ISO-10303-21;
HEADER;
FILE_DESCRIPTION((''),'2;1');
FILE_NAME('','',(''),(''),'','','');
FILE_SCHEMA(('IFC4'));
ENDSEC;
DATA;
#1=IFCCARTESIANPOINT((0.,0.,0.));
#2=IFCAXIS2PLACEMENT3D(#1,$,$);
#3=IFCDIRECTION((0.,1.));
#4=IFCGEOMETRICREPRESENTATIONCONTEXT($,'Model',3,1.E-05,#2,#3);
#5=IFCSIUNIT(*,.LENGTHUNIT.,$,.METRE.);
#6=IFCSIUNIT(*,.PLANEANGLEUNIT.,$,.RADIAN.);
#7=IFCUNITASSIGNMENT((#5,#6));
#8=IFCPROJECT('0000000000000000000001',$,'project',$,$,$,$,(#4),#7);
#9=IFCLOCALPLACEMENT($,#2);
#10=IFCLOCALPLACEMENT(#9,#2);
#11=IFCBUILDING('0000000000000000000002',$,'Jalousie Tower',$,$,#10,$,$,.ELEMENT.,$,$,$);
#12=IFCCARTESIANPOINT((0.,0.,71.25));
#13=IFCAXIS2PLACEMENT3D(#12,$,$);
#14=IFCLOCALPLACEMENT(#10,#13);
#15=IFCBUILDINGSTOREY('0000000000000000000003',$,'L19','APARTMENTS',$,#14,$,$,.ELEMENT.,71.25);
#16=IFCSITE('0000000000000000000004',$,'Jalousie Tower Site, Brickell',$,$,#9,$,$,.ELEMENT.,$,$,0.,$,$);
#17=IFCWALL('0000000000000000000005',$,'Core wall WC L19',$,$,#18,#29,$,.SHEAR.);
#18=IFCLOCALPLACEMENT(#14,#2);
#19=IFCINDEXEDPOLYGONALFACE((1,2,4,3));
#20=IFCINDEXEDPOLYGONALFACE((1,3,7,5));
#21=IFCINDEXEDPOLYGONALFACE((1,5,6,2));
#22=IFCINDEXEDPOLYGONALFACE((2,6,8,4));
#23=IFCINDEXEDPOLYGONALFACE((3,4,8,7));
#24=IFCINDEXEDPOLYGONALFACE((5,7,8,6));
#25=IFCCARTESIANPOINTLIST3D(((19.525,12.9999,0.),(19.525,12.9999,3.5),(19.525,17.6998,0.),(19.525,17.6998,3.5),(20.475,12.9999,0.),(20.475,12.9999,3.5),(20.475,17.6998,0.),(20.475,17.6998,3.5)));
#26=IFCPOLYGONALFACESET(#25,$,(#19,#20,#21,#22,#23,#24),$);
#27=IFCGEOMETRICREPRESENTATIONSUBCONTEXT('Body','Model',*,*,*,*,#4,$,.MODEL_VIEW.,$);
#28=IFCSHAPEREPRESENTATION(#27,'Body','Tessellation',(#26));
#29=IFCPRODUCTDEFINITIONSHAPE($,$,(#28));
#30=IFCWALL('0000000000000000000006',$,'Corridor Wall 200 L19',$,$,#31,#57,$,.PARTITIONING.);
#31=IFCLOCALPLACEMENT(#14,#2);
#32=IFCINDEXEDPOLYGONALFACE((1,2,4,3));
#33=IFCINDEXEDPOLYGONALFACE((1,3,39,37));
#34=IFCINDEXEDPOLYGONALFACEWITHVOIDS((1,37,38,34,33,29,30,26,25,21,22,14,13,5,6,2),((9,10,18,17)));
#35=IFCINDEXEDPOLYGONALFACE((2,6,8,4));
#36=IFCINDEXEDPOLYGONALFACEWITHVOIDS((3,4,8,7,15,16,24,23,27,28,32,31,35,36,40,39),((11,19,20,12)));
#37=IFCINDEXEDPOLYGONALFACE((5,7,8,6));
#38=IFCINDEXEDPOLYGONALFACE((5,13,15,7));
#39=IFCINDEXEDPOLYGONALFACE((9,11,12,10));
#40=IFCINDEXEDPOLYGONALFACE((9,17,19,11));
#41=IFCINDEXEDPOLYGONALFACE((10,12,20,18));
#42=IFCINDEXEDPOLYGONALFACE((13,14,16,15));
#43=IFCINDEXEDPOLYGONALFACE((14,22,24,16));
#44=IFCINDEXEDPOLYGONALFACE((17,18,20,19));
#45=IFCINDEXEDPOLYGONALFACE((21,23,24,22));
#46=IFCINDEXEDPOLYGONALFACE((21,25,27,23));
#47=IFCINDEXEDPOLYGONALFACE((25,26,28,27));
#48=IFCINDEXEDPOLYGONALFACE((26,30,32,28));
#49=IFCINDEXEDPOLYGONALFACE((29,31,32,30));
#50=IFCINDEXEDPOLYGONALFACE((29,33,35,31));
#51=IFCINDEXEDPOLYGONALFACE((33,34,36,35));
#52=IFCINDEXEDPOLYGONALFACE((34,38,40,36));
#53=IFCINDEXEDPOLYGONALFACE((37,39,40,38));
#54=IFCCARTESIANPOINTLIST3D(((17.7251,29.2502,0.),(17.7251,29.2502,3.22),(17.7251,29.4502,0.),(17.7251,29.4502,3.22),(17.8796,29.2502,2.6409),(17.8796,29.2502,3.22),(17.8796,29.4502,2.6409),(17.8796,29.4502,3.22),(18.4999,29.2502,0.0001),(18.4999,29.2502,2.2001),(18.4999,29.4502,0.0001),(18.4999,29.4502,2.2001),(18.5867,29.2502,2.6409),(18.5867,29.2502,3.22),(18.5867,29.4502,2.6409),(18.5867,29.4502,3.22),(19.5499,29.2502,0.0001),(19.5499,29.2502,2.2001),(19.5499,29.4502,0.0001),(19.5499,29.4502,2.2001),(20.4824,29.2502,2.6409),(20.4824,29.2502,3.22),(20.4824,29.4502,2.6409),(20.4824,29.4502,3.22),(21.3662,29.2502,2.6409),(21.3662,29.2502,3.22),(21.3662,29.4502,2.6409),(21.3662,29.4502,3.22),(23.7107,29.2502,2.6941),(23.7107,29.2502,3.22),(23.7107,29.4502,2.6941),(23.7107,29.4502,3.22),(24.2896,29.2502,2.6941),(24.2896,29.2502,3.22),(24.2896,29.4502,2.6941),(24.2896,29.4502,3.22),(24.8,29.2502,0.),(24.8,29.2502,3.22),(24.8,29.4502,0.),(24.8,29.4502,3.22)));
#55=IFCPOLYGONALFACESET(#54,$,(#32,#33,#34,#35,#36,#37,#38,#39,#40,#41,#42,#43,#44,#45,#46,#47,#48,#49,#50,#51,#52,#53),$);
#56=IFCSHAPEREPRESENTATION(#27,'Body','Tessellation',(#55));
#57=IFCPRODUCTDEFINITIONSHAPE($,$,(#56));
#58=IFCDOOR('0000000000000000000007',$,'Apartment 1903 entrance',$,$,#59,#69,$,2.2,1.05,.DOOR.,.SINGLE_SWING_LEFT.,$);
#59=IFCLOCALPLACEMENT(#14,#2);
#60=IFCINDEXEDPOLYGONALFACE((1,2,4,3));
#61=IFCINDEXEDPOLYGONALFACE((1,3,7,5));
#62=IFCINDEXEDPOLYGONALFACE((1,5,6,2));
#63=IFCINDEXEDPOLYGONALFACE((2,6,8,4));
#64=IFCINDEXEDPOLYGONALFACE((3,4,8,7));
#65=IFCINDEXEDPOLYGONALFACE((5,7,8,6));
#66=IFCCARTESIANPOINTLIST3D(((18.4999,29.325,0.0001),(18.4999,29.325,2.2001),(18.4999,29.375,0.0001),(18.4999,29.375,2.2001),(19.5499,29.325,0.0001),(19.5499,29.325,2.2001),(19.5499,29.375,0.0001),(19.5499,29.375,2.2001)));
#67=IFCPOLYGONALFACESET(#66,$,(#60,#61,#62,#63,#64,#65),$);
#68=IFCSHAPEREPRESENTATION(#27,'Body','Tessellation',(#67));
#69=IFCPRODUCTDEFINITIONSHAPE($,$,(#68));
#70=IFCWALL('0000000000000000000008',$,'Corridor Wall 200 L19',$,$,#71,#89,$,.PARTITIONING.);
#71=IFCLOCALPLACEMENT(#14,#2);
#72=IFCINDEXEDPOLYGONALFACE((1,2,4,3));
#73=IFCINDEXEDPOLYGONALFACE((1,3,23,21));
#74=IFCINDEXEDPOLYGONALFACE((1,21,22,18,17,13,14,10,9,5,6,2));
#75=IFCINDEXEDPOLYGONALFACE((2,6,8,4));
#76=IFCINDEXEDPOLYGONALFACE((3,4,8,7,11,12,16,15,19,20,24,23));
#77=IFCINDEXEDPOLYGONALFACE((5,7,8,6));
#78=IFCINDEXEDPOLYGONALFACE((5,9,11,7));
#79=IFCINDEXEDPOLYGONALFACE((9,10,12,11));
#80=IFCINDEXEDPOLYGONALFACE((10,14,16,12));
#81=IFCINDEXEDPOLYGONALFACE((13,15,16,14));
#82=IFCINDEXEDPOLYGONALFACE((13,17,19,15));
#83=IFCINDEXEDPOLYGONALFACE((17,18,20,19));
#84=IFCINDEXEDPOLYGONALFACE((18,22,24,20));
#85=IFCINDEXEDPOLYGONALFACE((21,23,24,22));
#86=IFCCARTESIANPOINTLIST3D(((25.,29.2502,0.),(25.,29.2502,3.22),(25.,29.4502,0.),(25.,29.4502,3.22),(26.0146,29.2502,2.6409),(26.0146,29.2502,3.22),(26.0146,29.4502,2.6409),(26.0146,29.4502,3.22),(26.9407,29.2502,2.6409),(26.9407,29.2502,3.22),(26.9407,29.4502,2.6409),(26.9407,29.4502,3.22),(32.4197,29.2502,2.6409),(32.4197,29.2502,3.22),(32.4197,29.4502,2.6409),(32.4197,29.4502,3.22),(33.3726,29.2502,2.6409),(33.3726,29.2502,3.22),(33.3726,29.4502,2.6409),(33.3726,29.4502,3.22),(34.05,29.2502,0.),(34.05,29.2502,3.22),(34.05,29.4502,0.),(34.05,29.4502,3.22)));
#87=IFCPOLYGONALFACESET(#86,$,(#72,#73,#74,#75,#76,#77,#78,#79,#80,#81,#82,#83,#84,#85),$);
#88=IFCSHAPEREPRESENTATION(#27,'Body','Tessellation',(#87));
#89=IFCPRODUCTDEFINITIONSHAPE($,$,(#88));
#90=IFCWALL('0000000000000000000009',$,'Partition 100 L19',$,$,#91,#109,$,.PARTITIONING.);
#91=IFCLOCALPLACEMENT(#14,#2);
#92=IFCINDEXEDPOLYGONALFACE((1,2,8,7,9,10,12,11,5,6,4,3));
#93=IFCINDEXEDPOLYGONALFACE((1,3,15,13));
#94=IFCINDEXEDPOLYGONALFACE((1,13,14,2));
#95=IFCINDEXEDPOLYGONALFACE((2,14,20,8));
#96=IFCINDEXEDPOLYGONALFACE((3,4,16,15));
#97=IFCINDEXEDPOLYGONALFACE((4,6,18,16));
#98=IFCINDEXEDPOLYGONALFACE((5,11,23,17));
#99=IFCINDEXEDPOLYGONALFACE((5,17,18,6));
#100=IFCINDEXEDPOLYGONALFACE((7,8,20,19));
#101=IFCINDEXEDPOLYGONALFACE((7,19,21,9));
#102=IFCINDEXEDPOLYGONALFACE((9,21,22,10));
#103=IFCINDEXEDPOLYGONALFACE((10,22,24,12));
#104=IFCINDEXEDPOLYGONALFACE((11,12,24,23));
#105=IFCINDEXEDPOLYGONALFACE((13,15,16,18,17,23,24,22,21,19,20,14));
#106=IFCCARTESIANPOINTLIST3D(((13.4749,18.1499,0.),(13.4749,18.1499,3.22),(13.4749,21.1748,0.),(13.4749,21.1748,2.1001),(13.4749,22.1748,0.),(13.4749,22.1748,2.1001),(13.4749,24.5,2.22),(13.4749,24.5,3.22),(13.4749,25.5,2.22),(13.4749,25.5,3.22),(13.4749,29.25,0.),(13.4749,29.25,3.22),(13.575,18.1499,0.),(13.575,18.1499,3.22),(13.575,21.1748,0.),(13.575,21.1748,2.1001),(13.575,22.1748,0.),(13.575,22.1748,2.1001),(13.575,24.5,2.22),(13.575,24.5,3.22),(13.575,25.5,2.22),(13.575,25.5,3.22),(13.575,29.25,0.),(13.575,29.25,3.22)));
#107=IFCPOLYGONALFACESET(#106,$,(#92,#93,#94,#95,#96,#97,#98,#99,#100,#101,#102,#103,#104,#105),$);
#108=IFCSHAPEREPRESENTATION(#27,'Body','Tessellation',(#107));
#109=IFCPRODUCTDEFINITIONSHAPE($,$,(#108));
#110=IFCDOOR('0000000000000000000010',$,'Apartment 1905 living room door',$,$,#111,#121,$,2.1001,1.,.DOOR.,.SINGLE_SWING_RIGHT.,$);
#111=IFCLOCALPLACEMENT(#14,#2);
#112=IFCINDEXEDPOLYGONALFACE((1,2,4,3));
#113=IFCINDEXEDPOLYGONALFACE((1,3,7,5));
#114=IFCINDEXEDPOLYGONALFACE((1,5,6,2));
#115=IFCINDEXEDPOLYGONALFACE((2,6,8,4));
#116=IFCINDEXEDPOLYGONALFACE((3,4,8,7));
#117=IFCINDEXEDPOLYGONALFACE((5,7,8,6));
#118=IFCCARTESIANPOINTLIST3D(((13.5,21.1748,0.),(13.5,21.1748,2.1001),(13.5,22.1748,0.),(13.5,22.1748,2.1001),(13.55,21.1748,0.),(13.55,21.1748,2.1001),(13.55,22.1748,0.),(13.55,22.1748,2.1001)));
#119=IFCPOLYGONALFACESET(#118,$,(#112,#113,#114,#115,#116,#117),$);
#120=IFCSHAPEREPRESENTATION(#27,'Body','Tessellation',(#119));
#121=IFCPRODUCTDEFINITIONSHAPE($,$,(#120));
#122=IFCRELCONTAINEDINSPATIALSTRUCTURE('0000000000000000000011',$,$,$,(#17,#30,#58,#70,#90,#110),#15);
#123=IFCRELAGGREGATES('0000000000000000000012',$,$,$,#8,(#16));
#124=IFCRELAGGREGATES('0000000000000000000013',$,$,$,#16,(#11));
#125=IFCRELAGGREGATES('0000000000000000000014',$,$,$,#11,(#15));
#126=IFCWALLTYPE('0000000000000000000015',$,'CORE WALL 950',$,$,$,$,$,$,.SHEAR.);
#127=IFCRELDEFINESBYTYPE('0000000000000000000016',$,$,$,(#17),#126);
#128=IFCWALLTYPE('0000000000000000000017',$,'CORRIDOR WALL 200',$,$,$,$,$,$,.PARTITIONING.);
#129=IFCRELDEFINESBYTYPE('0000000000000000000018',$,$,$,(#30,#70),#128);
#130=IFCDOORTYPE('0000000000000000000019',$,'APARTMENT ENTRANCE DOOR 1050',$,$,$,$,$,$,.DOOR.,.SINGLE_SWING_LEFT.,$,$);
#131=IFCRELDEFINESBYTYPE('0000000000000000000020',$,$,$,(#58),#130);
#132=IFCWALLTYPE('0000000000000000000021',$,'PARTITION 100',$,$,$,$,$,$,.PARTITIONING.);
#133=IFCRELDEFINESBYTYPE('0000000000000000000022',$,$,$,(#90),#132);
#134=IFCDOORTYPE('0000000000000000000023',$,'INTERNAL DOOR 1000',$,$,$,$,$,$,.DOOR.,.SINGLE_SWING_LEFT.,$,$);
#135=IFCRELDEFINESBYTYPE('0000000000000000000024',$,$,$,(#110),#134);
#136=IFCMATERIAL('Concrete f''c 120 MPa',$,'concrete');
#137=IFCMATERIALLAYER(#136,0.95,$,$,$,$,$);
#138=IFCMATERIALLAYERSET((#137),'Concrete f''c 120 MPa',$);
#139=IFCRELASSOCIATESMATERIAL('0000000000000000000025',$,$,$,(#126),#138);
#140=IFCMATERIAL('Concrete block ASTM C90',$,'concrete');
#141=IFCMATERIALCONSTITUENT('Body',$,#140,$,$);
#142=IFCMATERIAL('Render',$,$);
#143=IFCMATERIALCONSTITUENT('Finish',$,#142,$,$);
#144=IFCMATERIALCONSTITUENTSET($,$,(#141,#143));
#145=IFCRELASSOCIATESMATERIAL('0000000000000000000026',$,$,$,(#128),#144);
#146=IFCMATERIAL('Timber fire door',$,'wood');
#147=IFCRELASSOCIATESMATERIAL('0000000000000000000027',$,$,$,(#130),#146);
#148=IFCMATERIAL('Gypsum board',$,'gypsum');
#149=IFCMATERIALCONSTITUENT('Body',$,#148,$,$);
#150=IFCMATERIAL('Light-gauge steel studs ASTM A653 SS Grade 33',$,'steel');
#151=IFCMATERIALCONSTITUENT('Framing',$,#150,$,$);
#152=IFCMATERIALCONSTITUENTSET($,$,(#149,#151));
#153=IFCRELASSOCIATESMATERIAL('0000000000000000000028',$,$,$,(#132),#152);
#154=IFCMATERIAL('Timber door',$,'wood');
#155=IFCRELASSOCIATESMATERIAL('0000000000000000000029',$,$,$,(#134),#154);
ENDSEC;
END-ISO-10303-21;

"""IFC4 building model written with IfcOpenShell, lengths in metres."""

from ifc_helpers import new_model, si_unit, direction, frame, frame_2d, origin, place, context, subcontext, project, spatial, polyline, rectangle, outline, extrude, material, layer, layer_set, constituent, constituent_set, type_object, element, fill, save


model = new_model("IFC4")

# Units and contexts
model_context = context("Model", 3, precision=1e-05, world=origin(), true_north=direction((0.0, 1.0)))
body_context = subcontext(model_context, "Body", "Model", "MODEL_VIEW")
ifc_project = project(units=[si_unit("LENGTHUNIT", "METRE"), si_unit("PLANEANGLEUNIT", "RADIAN")], contexts=[model_context])

# Site, building, storey
site_placement = place(None, origin())
site = spatial("IfcSite", under=ifc_project, at=site_placement, Name="Jalousie Tower Site, Brickell", CompositionType="ELEMENT", RefElevation=0.0)
building_placement = place(site_placement, origin())
building = spatial("IfcBuilding", under=site, at=building_placement, Name="Jalousie Tower", CompositionType="ELEMENT")
storey_placement = place(building_placement, frame((0.0, 0.0, 71.25)))
storey = spatial("IfcBuildingStorey", under=building, at=storey_placement, Name="L19", Description="APARTMENTS", CompositionType="ELEMENT", Elevation=71.25)

# Shared definitions
ifc_material_1 = material(Name="Concrete f'c 120 MPa", Category="concrete")
ifc_layer_1 = layer(ifc_material_1, 0.95)
ifc_layer_set_1 = layer_set([ifc_layer_1], Name="Concrete f'c 120 MPa")
wall_type_1 = type_object("IfcWallType", Name="CORE WALL 950", PredefinedType="SHEAR", material=ifc_layer_set_1)

# Wall
wall_1_placement = place(storey_placement, frame((20.0, 17.7, 0.0), z_axis=(0.0, 0.0, 1.0), x_axis=(0.0, -1.0, 0.0)))
element("IfcWall", 1, at=wall_1_placement, inside=storey, type_object=wall_type_1, Name="Core wall WC L19", PredefinedType="SHEAR", context=body_context, shape_type="SweptSolid", body=[
    extrude(rectangle(XDim=4.7, YDim=0.95, at=frame_2d((2.3501, 0.0))), origin(), (0.0, 0.0, 1.0), 3.5),
])

# Wall, opening, door
ifc_material_2 = material(Name="Concrete block ASTM C90", Category="concrete")
ifc_constituent_1 = constituent(ifc_material_2, Name="Body")
ifc_material_3 = material(Name="Render")
ifc_constituent_2 = constituent(ifc_material_3, Name="Finish")
ifc_constituent_set_1 = constituent_set(constituents=[ifc_constituent_1, ifc_constituent_2])
wall_type_2 = type_object("IfcWallType", Name="CORRIDOR WALL 200", PredefinedType="PARTITIONING", material=ifc_constituent_set_1)
wall_2_placement = place(storey_placement, frame((17.7251, 29.3501, 0.0), z_axis=(0.0, 0.0, 1.0), x_axis=(1.0, 0.0, 0.0)))
wall_2 = element("IfcWall", 2, at=wall_2_placement, inside=storey, type_object=wall_type_2, Name="Corridor Wall 200 L19", PredefinedType="PARTITIONING", context=body_context, shape_type="SweptSolid", body=[
    extrude(outline(polyline([(0.0, 0.0), (7.075, 0.0), (7.075, 3.22), (6.5645, 3.22), (6.5645, 2.6941), (5.9856, 2.6941), (5.9856, 3.22), (3.6411, 3.22), (3.6411, 2.6409), (2.7573, 2.6409), (2.7573, 3.22), (0.8616, 3.22), (0.8616, 2.6409), (0.1545, 2.6409), (0.1545, 3.22), (0.0, 3.22), (0.0, 0.0)])), frame((0.0, 0.1001, 0.0), z_axis=(0.0, -1.0, 0.0), x_axis=(1.0, 0.0, 0.0)), (0.0, 0.0, 1.0), 0.2),
])
opening_1_placement = place(wall_2_placement, frame((0.7749, 0.0, 0.0)))
opening_1 = element("IfcOpeningElement", 3, at=opening_1_placement, cuts=wall_2, PredefinedType="OPENING", context=body_context, shape_type="SweptSolid", body=[
    extrude(rectangle(XDim=1.05, YDim=2.2, at=frame_2d((0.5249, 1.1001))), frame((0.0, 0.1099, 0.0), z_axis=(0.0, -1.0, 0.0), x_axis=(1.0, 0.0, 0.0)), (0.0, 0.0, 1.0), 0.22),
])
ifc_material_4 = material(Name="Timber fire door", Category="wood")
door_type_1 = type_object("IfcDoorType", Name="APARTMENT ENTRANCE DOOR 1050", OperationType="SINGLE_SWING_LEFT", PredefinedType="DOOR", material=ifc_material_4)
door_1_placement = place(opening_1_placement, origin())
door_1 = element("IfcDoor", 4, at=door_1_placement, inside=storey, type_object=door_type_1, Name="Apartment 1903 entrance", OperationType="SINGLE_SWING_LEFT", OverallHeight=2.2, OverallWidth=1.05, PredefinedType="DOOR", context=body_context, shape_type="SweptSolid", body=[
    extrude(rectangle(XDim=1.05, YDim=2.2, at=frame_2d((0.5249, 1.1001))), frame((0.0, 0.0249, 0.0), z_axis=(0.0, -1.0, 0.0), x_axis=(1.0, 0.0, 0.0)), (0.0, 0.0, 1.0), 0.05),
])
fill(opening_1, door_1)

# Wall
wall_3_placement = place(storey_placement, frame((25.0, 29.3501, 0.0), z_axis=(0.0, 0.0, 1.0), x_axis=(1.0, 0.0, 0.0)))
element("IfcWall", 5, at=wall_3_placement, inside=storey, type_object=wall_type_2, Name="Corridor Wall 200 L19", PredefinedType="PARTITIONING", context=body_context, shape_type="SweptSolid", body=[
    extrude(outline(polyline([(0.0, 0.0), (9.05, 0.0), (9.05, 3.22), (8.3726, 3.22), (8.3726, 2.6409), (7.4197, 2.6409), (7.4197, 3.22), (1.9407, 3.22), (1.9407, 2.6409), (1.0146, 2.6409), (1.0146, 3.22), (0.0, 3.22), (0.0, 0.0)])), frame((0.0, 0.1001, 0.0), z_axis=(0.0, -1.0, 0.0), x_axis=(1.0, 0.0, 0.0)), (0.0, 0.0, 1.0), 0.2),
])

# Wall, opening, door
ifc_material_5 = material(Name="Gypsum board", Category="gypsum")
ifc_constituent_3 = constituent(ifc_material_5, Name="Body")
ifc_material_6 = material(Name="Light-gauge steel studs ASTM A653 SS Grade 33", Category="steel")
ifc_constituent_4 = constituent(ifc_material_6, Name="Framing")
ifc_constituent_set_2 = constituent_set(constituents=[ifc_constituent_3, ifc_constituent_4])
wall_type_3 = type_object("IfcWallType", Name="PARTITION 100", PredefinedType="PARTITIONING", material=ifc_constituent_set_2)
wall_4_placement = place(storey_placement, frame((13.5249, 18.1499, 0.0), z_axis=(0.0, 0.0, 1.0), x_axis=(0.0, 1.0, 0.0)))
wall_4 = element("IfcWall", 6, at=wall_4_placement, inside=storey, type_object=wall_type_3, Name="Partition 100 L19", PredefinedType="PARTITIONING", context=body_context, shape_type="SweptSolid", body=[
    extrude(outline(polyline([(0.0, 0.0), (11.1001, 0.0), (11.1001, 3.22), (7.3501, 3.22), (7.3501, 2.22), (6.3501, 2.22), (6.3501, 3.22), (0.0, 3.22), (0.0, 0.0)])), frame((0.0, 0.05, 0.0), z_axis=(0.0, -1.0, 0.0), x_axis=(1.0, 0.0, 0.0)), (0.0, 0.0, 1.0), 0.1001),
])
opening_2_placement = place(wall_4_placement, frame((3.0249, 0.0, 0.0)))
opening_2 = element("IfcOpeningElement", 7, at=opening_2_placement, cuts=wall_4, PredefinedType="OPENING", context=body_context, shape_type="SweptSolid", body=[
    extrude(rectangle(XDim=1.0, YDim=2.1001, at=frame_2d((0.5, 1.05))), frame((0.0, 0.0601, 0.0), z_axis=(0.0, -1.0, 0.0), x_axis=(1.0, 0.0, 0.0)), (0.0, 0.0, 1.0), 0.1201),
])
ifc_material_7 = material(Name="Timber door", Category="wood")
door_type_2 = type_object("IfcDoorType", Name="INTERNAL DOOR 1000", OperationType="SINGLE_SWING_LEFT", PredefinedType="DOOR", material=ifc_material_7)
door_2_placement = place(opening_2_placement, origin())
door_2 = element("IfcDoor", 8, at=door_2_placement, inside=storey, type_object=door_type_2, Name="Apartment 1905 living room door", OperationType="SINGLE_SWING_RIGHT", OverallHeight=2.1001, OverallWidth=1.0, PredefinedType="DOOR", context=body_context, shape_type="SweptSolid", body=[
    extrude(rectangle(XDim=1.0, YDim=2.1001, at=frame_2d((0.5, 1.05))), frame((0.0, 0.0249, 0.0), z_axis=(0.0, -1.0, 0.0), x_axis=(1.0, 0.0, 0.0)), (0.0, 0.0, 1.0), 0.05),
])
fill(opening_2, door_2)

save(model, "model.ifc")
